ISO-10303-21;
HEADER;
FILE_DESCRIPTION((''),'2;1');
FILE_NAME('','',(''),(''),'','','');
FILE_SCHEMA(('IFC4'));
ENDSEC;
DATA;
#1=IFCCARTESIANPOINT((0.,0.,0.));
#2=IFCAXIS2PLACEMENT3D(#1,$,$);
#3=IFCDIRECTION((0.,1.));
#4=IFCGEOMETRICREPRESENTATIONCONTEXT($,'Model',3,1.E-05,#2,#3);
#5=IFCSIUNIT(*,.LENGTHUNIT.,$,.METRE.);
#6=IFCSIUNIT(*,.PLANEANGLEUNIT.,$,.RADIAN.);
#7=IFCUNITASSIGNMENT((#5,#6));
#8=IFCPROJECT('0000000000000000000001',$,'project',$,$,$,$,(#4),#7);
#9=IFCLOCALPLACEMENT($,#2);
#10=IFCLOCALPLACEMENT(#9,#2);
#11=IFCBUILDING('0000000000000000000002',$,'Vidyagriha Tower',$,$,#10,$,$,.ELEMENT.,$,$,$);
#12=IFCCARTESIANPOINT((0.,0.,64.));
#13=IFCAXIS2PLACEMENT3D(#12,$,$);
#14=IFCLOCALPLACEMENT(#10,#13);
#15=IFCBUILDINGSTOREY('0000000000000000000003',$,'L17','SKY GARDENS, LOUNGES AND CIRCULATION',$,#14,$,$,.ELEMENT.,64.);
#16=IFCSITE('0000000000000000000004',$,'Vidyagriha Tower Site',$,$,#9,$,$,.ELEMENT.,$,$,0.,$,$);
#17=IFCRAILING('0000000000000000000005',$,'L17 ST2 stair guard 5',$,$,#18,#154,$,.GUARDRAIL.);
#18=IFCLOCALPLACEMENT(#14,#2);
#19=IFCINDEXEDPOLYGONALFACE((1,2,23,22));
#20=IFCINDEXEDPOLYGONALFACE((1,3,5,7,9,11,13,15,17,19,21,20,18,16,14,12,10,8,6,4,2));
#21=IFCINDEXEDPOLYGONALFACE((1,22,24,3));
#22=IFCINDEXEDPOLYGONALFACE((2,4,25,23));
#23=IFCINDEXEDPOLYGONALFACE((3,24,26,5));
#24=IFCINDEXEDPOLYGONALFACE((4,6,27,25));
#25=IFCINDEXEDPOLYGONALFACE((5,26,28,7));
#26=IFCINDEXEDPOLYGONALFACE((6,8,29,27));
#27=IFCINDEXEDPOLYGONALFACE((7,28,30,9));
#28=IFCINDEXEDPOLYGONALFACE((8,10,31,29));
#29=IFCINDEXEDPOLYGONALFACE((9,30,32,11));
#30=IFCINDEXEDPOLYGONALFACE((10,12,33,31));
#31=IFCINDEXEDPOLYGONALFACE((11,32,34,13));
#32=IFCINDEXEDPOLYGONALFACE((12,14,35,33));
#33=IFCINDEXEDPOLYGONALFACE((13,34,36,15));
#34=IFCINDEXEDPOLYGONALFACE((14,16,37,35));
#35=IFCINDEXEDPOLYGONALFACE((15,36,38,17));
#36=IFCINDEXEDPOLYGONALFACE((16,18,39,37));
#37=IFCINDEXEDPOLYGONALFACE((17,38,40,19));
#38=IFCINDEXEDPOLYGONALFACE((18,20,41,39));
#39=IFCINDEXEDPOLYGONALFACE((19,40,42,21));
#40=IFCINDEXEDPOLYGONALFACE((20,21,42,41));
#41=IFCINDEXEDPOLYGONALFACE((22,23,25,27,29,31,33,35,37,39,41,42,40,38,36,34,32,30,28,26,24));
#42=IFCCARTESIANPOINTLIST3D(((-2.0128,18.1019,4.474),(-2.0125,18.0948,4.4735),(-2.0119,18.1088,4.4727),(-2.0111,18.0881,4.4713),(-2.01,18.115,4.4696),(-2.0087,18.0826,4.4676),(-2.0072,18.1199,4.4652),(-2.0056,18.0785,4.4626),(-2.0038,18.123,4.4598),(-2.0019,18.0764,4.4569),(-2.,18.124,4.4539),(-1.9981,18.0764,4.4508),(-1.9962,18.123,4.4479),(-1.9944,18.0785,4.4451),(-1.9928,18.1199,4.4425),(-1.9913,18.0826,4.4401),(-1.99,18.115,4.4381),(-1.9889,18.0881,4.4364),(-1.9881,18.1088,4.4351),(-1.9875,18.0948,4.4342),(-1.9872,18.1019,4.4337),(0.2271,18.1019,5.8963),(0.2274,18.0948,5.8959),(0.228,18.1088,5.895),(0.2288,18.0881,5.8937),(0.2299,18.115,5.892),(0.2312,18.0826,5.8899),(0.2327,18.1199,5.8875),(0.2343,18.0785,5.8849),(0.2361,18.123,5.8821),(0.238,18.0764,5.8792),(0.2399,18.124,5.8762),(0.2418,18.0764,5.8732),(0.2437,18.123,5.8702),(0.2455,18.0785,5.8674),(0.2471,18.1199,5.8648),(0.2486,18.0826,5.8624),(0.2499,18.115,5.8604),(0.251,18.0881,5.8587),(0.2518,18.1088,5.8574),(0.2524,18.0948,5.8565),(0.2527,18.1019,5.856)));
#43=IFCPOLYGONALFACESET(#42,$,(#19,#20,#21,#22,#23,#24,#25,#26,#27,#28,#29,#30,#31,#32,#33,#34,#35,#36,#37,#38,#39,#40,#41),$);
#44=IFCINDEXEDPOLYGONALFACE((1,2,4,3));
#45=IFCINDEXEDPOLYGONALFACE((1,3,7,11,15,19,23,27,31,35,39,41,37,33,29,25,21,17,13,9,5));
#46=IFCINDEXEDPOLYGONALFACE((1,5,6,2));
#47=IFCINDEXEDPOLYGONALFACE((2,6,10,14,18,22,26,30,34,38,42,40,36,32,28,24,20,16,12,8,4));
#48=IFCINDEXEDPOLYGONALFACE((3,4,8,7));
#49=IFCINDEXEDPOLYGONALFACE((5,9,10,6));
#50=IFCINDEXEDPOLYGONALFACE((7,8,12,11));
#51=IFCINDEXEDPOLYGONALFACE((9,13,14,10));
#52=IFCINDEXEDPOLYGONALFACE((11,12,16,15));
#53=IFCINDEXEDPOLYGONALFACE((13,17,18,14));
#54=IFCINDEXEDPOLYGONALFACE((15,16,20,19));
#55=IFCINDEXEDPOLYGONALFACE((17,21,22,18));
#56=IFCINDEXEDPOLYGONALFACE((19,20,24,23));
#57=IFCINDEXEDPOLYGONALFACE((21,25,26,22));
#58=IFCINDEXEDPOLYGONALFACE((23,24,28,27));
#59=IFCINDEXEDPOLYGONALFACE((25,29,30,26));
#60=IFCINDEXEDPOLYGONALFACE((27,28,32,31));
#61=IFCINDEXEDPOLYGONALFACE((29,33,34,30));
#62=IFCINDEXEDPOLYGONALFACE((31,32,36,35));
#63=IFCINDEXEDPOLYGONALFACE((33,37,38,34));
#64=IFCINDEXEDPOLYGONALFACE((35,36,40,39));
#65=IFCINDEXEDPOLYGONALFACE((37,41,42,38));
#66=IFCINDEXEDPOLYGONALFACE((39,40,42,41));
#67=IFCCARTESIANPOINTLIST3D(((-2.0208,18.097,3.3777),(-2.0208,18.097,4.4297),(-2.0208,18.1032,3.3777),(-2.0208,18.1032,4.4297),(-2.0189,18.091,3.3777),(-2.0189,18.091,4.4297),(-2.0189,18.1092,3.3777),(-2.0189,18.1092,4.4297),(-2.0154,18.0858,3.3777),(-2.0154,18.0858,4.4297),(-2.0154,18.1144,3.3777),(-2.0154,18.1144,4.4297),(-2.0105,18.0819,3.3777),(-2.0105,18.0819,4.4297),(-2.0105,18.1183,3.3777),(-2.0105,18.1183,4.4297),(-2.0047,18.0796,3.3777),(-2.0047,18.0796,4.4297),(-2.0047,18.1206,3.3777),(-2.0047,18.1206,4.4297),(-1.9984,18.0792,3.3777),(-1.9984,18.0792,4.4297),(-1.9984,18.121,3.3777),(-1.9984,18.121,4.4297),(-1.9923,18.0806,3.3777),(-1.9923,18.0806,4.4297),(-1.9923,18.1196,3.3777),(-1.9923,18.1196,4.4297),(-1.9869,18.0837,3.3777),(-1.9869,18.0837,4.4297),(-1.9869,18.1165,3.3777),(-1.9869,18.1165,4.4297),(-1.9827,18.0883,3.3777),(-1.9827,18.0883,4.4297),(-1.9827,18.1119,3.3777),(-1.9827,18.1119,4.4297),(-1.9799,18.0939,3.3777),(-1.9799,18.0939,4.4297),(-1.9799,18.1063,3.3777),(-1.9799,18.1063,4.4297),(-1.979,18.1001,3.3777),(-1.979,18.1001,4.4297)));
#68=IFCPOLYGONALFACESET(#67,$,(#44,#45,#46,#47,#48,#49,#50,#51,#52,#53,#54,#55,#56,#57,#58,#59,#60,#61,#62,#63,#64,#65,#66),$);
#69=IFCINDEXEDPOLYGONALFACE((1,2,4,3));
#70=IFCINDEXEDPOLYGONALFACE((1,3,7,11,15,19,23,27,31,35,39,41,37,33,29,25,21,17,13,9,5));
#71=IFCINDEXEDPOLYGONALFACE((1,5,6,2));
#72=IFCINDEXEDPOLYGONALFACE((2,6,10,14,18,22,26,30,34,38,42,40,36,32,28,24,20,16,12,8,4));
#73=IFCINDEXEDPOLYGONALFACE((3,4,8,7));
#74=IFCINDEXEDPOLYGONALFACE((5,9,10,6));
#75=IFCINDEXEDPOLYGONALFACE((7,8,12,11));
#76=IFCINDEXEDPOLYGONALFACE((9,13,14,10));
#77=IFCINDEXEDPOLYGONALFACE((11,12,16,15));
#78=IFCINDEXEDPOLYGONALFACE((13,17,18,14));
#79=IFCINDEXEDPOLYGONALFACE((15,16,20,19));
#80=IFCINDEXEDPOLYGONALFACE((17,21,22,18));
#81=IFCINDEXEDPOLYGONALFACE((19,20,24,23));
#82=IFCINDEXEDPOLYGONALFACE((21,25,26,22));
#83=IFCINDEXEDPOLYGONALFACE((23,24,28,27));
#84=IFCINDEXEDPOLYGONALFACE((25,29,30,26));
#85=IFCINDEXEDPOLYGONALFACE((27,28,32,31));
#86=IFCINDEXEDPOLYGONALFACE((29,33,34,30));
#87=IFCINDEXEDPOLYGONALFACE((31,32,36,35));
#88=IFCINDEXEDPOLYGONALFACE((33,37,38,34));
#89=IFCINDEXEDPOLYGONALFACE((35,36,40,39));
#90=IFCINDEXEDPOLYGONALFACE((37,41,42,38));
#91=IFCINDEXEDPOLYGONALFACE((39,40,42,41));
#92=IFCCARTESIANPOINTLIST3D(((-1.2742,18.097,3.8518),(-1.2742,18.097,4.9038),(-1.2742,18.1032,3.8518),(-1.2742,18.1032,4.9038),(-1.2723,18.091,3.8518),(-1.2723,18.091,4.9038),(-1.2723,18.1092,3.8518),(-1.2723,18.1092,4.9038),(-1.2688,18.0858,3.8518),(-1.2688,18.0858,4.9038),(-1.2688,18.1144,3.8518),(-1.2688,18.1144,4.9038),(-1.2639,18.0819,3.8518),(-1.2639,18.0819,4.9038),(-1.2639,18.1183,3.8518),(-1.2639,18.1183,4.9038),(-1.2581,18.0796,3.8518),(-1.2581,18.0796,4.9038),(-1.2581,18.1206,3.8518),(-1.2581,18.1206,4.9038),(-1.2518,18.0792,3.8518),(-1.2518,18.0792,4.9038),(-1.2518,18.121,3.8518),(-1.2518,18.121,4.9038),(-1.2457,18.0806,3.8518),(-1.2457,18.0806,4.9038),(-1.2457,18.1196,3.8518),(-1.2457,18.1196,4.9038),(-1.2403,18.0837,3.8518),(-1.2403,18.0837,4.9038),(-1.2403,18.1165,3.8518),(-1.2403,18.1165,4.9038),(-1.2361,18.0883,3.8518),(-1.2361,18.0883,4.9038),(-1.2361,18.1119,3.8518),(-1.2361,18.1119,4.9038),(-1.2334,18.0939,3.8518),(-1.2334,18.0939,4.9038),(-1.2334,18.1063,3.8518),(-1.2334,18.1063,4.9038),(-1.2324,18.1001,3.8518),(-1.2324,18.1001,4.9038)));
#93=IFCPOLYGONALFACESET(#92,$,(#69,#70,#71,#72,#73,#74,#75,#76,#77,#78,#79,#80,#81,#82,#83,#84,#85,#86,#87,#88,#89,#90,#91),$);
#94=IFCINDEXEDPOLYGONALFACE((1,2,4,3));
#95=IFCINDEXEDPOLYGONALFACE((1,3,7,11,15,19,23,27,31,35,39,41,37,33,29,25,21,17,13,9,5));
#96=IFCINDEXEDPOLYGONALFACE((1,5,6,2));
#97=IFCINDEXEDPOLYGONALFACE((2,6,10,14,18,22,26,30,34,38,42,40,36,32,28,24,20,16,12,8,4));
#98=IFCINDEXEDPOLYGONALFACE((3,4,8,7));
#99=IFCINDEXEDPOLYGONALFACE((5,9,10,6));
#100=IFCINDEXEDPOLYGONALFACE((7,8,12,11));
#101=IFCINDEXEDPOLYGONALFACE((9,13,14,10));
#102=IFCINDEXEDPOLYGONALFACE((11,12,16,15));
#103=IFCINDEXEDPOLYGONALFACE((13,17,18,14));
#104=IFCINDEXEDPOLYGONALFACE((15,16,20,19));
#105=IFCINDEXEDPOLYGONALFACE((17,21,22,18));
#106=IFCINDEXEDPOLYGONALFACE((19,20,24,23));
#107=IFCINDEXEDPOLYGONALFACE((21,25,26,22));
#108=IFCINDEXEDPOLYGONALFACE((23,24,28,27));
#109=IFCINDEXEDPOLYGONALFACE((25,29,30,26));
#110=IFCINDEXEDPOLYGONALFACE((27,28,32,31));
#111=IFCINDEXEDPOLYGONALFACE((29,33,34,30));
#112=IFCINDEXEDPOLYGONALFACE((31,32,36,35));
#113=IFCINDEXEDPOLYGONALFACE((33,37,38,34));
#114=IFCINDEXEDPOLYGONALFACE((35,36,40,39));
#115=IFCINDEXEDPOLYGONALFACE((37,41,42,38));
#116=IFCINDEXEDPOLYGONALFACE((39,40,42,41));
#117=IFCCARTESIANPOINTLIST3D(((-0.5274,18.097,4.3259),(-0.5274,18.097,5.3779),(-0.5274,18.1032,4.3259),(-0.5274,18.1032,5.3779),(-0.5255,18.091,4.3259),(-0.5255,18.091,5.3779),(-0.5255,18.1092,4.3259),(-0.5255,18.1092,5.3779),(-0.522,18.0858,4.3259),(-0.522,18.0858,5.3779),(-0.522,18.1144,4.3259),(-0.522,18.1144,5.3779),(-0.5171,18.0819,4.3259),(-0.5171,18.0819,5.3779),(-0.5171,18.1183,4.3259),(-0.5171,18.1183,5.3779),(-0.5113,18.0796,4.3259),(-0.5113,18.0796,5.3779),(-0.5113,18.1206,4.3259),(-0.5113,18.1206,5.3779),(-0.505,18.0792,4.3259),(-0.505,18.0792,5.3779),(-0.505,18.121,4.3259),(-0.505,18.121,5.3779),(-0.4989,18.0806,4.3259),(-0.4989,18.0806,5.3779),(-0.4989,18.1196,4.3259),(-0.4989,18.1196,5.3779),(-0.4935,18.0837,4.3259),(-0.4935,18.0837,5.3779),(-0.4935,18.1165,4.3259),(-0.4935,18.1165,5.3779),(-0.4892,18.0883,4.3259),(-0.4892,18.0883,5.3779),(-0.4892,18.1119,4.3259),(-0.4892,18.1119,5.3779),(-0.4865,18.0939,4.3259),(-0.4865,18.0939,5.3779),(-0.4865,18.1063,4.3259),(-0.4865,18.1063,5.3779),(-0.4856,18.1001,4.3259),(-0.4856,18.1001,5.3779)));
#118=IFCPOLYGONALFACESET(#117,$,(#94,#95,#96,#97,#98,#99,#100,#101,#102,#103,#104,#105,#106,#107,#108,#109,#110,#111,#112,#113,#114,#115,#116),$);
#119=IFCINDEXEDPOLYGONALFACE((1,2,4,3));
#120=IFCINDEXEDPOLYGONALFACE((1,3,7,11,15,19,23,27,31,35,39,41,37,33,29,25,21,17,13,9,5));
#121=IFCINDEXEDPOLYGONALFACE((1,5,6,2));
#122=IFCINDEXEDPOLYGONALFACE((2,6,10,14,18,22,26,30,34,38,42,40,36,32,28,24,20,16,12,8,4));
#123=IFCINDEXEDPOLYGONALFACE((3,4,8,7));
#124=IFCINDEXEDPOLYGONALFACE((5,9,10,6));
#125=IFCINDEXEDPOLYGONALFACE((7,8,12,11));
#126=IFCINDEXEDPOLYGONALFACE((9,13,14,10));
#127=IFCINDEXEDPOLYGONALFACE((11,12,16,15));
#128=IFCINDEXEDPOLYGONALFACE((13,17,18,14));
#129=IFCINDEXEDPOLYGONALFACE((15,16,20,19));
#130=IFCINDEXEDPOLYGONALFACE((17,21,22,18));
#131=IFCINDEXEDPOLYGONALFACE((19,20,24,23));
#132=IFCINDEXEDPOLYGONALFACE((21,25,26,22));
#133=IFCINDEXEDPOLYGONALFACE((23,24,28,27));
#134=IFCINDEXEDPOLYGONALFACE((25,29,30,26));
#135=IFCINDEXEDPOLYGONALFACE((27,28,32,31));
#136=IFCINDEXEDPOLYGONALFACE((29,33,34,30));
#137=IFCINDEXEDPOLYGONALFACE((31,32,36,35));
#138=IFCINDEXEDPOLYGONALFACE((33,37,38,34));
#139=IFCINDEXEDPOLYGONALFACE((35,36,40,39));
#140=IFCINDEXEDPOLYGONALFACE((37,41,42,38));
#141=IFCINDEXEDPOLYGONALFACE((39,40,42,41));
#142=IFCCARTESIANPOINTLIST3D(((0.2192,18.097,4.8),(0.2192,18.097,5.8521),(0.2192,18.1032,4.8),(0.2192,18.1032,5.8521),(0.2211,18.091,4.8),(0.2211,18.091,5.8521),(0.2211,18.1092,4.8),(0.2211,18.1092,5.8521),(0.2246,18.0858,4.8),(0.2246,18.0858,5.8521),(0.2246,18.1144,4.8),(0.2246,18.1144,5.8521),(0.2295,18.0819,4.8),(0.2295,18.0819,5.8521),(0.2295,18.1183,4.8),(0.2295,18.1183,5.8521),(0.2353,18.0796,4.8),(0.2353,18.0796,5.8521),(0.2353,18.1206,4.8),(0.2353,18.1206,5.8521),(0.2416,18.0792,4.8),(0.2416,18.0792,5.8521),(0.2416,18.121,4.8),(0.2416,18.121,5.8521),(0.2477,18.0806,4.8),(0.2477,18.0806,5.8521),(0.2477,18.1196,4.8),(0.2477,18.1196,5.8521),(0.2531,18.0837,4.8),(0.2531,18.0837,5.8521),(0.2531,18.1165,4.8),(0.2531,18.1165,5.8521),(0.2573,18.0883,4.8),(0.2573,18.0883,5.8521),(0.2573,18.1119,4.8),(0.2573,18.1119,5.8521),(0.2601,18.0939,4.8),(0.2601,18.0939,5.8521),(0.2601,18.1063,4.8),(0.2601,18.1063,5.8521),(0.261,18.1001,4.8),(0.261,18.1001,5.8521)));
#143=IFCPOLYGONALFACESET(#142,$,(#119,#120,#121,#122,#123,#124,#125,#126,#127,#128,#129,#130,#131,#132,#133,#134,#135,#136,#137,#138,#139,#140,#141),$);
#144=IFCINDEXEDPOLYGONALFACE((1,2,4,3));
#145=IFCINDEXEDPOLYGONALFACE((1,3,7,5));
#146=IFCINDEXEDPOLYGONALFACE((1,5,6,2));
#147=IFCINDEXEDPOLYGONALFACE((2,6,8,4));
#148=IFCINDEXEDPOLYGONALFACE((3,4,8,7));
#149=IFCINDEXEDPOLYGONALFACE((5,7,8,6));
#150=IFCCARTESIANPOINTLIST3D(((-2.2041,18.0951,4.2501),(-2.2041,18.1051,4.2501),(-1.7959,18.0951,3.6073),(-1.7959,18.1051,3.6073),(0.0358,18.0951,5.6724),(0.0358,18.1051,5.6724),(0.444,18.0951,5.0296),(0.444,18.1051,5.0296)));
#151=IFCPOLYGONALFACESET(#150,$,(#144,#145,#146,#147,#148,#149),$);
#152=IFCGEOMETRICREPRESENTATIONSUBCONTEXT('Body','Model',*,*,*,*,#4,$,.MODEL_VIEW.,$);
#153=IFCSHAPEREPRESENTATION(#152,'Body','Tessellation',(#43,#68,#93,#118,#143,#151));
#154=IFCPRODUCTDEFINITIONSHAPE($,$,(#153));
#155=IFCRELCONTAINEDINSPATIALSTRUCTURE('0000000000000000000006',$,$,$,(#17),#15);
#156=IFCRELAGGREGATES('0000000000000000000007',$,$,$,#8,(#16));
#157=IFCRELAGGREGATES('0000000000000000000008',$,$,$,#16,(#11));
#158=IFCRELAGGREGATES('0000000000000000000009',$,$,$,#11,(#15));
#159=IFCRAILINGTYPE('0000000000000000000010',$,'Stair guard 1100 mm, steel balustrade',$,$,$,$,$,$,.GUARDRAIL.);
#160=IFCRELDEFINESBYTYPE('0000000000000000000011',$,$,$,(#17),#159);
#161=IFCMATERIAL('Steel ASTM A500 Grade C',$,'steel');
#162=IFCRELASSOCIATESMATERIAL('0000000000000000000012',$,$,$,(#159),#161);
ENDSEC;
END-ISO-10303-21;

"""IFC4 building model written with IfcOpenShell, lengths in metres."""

from ifc_helpers import new_model, si_unit, direction, frame, origin, origin_2d, place, context, subcontext, project, spatial, rectangle, circle, extrude, material, type_object, element, save


model = new_model("IFC4")

# Units and contexts
model_context = context("Model", 3, precision=1e-05, world=origin(), true_north=direction((0.0, 1.0)))
body_context = subcontext(model_context, "Body", "Model", "MODEL_VIEW")
ifc_project = project(units=[si_unit("LENGTHUNIT", "METRE"), si_unit("PLANEANGLEUNIT", "RADIAN")], contexts=[model_context])

# Site, building, storey
site_placement = place(None, origin())
site = spatial("IfcSite", under=ifc_project, at=site_placement, Name="Vidyagriha Tower Site", CompositionType="ELEMENT", RefElevation=0.0)
building_placement = place(site_placement, origin())
building = spatial("IfcBuilding", under=site, at=building_placement, Name="Vidyagriha Tower", CompositionType="ELEMENT")
storey_placement = place(building_placement, frame((0.0, 0.0, 64.0)))
storey = spatial("IfcBuildingStorey", under=building, at=storey_placement, Name="L17", Description="SKY GARDENS, LOUNGES AND CIRCULATION", CompositionType="ELEMENT", Elevation=64.0)

# Railing
ifc_material_1 = material(Name="Steel ASTM A500 Grade C", Category="steel")
railing_type_1 = type_object("IfcRailingType", Name="Stair guard 1100 mm, steel balustrade", PredefinedType="GUARDRAIL", material=ifc_material_1)
railing_1_placement = place(storey_placement, frame((-2.0, 18.1001, 3.3777)))
element("IfcRailing", 1, at=railing_1_placement, inside=storey, type_object=railing_type_1, Name="L17 ST2 stair guard 5", PredefinedType="GUARDRAIL", context=body_context, shape_type="SweptSolid", body=[
    extrude(circle(Radius=0.0239, at=origin_2d()), frame((0.0, 0.0, 1.0762), z_axis=(0.844188, 0.0, 0.536048), x_axis=(0.0, 1.0, 0.0)), (0.0, 0.0, 1.0), 2.6533),
    extrude(circle(Radius=0.021, at=origin_2d()), origin(), (0.0, 0.0, 1.0), 1.052),
    extrude(circle(Radius=0.021, at=origin_2d()), frame((0.7466, 0.0, 0.4741)), (0.0, 0.0, 1.0), 1.052),
    extrude(circle(Radius=0.021, at=origin_2d()), frame((1.4934, 0.0, 0.9482)), (0.0, 0.0, 1.0), 1.052),
    extrude(circle(Radius=0.021, at=origin_2d()), frame((2.24, 0.0, 1.4224)), (0.0, 0.0, 1.0), 1.052),
    extrude(rectangle(XDim=0.01, YDim=0.7615, at=origin_2d()), frame((0.0, 0.0, 0.551), z_axis=(0.844188, 0.0, 0.536048), x_axis=(0.0, 1.0, 0.0)), (0.0, 0.0, 1.0), 2.6533),
])

save(model, "model.ifc")
